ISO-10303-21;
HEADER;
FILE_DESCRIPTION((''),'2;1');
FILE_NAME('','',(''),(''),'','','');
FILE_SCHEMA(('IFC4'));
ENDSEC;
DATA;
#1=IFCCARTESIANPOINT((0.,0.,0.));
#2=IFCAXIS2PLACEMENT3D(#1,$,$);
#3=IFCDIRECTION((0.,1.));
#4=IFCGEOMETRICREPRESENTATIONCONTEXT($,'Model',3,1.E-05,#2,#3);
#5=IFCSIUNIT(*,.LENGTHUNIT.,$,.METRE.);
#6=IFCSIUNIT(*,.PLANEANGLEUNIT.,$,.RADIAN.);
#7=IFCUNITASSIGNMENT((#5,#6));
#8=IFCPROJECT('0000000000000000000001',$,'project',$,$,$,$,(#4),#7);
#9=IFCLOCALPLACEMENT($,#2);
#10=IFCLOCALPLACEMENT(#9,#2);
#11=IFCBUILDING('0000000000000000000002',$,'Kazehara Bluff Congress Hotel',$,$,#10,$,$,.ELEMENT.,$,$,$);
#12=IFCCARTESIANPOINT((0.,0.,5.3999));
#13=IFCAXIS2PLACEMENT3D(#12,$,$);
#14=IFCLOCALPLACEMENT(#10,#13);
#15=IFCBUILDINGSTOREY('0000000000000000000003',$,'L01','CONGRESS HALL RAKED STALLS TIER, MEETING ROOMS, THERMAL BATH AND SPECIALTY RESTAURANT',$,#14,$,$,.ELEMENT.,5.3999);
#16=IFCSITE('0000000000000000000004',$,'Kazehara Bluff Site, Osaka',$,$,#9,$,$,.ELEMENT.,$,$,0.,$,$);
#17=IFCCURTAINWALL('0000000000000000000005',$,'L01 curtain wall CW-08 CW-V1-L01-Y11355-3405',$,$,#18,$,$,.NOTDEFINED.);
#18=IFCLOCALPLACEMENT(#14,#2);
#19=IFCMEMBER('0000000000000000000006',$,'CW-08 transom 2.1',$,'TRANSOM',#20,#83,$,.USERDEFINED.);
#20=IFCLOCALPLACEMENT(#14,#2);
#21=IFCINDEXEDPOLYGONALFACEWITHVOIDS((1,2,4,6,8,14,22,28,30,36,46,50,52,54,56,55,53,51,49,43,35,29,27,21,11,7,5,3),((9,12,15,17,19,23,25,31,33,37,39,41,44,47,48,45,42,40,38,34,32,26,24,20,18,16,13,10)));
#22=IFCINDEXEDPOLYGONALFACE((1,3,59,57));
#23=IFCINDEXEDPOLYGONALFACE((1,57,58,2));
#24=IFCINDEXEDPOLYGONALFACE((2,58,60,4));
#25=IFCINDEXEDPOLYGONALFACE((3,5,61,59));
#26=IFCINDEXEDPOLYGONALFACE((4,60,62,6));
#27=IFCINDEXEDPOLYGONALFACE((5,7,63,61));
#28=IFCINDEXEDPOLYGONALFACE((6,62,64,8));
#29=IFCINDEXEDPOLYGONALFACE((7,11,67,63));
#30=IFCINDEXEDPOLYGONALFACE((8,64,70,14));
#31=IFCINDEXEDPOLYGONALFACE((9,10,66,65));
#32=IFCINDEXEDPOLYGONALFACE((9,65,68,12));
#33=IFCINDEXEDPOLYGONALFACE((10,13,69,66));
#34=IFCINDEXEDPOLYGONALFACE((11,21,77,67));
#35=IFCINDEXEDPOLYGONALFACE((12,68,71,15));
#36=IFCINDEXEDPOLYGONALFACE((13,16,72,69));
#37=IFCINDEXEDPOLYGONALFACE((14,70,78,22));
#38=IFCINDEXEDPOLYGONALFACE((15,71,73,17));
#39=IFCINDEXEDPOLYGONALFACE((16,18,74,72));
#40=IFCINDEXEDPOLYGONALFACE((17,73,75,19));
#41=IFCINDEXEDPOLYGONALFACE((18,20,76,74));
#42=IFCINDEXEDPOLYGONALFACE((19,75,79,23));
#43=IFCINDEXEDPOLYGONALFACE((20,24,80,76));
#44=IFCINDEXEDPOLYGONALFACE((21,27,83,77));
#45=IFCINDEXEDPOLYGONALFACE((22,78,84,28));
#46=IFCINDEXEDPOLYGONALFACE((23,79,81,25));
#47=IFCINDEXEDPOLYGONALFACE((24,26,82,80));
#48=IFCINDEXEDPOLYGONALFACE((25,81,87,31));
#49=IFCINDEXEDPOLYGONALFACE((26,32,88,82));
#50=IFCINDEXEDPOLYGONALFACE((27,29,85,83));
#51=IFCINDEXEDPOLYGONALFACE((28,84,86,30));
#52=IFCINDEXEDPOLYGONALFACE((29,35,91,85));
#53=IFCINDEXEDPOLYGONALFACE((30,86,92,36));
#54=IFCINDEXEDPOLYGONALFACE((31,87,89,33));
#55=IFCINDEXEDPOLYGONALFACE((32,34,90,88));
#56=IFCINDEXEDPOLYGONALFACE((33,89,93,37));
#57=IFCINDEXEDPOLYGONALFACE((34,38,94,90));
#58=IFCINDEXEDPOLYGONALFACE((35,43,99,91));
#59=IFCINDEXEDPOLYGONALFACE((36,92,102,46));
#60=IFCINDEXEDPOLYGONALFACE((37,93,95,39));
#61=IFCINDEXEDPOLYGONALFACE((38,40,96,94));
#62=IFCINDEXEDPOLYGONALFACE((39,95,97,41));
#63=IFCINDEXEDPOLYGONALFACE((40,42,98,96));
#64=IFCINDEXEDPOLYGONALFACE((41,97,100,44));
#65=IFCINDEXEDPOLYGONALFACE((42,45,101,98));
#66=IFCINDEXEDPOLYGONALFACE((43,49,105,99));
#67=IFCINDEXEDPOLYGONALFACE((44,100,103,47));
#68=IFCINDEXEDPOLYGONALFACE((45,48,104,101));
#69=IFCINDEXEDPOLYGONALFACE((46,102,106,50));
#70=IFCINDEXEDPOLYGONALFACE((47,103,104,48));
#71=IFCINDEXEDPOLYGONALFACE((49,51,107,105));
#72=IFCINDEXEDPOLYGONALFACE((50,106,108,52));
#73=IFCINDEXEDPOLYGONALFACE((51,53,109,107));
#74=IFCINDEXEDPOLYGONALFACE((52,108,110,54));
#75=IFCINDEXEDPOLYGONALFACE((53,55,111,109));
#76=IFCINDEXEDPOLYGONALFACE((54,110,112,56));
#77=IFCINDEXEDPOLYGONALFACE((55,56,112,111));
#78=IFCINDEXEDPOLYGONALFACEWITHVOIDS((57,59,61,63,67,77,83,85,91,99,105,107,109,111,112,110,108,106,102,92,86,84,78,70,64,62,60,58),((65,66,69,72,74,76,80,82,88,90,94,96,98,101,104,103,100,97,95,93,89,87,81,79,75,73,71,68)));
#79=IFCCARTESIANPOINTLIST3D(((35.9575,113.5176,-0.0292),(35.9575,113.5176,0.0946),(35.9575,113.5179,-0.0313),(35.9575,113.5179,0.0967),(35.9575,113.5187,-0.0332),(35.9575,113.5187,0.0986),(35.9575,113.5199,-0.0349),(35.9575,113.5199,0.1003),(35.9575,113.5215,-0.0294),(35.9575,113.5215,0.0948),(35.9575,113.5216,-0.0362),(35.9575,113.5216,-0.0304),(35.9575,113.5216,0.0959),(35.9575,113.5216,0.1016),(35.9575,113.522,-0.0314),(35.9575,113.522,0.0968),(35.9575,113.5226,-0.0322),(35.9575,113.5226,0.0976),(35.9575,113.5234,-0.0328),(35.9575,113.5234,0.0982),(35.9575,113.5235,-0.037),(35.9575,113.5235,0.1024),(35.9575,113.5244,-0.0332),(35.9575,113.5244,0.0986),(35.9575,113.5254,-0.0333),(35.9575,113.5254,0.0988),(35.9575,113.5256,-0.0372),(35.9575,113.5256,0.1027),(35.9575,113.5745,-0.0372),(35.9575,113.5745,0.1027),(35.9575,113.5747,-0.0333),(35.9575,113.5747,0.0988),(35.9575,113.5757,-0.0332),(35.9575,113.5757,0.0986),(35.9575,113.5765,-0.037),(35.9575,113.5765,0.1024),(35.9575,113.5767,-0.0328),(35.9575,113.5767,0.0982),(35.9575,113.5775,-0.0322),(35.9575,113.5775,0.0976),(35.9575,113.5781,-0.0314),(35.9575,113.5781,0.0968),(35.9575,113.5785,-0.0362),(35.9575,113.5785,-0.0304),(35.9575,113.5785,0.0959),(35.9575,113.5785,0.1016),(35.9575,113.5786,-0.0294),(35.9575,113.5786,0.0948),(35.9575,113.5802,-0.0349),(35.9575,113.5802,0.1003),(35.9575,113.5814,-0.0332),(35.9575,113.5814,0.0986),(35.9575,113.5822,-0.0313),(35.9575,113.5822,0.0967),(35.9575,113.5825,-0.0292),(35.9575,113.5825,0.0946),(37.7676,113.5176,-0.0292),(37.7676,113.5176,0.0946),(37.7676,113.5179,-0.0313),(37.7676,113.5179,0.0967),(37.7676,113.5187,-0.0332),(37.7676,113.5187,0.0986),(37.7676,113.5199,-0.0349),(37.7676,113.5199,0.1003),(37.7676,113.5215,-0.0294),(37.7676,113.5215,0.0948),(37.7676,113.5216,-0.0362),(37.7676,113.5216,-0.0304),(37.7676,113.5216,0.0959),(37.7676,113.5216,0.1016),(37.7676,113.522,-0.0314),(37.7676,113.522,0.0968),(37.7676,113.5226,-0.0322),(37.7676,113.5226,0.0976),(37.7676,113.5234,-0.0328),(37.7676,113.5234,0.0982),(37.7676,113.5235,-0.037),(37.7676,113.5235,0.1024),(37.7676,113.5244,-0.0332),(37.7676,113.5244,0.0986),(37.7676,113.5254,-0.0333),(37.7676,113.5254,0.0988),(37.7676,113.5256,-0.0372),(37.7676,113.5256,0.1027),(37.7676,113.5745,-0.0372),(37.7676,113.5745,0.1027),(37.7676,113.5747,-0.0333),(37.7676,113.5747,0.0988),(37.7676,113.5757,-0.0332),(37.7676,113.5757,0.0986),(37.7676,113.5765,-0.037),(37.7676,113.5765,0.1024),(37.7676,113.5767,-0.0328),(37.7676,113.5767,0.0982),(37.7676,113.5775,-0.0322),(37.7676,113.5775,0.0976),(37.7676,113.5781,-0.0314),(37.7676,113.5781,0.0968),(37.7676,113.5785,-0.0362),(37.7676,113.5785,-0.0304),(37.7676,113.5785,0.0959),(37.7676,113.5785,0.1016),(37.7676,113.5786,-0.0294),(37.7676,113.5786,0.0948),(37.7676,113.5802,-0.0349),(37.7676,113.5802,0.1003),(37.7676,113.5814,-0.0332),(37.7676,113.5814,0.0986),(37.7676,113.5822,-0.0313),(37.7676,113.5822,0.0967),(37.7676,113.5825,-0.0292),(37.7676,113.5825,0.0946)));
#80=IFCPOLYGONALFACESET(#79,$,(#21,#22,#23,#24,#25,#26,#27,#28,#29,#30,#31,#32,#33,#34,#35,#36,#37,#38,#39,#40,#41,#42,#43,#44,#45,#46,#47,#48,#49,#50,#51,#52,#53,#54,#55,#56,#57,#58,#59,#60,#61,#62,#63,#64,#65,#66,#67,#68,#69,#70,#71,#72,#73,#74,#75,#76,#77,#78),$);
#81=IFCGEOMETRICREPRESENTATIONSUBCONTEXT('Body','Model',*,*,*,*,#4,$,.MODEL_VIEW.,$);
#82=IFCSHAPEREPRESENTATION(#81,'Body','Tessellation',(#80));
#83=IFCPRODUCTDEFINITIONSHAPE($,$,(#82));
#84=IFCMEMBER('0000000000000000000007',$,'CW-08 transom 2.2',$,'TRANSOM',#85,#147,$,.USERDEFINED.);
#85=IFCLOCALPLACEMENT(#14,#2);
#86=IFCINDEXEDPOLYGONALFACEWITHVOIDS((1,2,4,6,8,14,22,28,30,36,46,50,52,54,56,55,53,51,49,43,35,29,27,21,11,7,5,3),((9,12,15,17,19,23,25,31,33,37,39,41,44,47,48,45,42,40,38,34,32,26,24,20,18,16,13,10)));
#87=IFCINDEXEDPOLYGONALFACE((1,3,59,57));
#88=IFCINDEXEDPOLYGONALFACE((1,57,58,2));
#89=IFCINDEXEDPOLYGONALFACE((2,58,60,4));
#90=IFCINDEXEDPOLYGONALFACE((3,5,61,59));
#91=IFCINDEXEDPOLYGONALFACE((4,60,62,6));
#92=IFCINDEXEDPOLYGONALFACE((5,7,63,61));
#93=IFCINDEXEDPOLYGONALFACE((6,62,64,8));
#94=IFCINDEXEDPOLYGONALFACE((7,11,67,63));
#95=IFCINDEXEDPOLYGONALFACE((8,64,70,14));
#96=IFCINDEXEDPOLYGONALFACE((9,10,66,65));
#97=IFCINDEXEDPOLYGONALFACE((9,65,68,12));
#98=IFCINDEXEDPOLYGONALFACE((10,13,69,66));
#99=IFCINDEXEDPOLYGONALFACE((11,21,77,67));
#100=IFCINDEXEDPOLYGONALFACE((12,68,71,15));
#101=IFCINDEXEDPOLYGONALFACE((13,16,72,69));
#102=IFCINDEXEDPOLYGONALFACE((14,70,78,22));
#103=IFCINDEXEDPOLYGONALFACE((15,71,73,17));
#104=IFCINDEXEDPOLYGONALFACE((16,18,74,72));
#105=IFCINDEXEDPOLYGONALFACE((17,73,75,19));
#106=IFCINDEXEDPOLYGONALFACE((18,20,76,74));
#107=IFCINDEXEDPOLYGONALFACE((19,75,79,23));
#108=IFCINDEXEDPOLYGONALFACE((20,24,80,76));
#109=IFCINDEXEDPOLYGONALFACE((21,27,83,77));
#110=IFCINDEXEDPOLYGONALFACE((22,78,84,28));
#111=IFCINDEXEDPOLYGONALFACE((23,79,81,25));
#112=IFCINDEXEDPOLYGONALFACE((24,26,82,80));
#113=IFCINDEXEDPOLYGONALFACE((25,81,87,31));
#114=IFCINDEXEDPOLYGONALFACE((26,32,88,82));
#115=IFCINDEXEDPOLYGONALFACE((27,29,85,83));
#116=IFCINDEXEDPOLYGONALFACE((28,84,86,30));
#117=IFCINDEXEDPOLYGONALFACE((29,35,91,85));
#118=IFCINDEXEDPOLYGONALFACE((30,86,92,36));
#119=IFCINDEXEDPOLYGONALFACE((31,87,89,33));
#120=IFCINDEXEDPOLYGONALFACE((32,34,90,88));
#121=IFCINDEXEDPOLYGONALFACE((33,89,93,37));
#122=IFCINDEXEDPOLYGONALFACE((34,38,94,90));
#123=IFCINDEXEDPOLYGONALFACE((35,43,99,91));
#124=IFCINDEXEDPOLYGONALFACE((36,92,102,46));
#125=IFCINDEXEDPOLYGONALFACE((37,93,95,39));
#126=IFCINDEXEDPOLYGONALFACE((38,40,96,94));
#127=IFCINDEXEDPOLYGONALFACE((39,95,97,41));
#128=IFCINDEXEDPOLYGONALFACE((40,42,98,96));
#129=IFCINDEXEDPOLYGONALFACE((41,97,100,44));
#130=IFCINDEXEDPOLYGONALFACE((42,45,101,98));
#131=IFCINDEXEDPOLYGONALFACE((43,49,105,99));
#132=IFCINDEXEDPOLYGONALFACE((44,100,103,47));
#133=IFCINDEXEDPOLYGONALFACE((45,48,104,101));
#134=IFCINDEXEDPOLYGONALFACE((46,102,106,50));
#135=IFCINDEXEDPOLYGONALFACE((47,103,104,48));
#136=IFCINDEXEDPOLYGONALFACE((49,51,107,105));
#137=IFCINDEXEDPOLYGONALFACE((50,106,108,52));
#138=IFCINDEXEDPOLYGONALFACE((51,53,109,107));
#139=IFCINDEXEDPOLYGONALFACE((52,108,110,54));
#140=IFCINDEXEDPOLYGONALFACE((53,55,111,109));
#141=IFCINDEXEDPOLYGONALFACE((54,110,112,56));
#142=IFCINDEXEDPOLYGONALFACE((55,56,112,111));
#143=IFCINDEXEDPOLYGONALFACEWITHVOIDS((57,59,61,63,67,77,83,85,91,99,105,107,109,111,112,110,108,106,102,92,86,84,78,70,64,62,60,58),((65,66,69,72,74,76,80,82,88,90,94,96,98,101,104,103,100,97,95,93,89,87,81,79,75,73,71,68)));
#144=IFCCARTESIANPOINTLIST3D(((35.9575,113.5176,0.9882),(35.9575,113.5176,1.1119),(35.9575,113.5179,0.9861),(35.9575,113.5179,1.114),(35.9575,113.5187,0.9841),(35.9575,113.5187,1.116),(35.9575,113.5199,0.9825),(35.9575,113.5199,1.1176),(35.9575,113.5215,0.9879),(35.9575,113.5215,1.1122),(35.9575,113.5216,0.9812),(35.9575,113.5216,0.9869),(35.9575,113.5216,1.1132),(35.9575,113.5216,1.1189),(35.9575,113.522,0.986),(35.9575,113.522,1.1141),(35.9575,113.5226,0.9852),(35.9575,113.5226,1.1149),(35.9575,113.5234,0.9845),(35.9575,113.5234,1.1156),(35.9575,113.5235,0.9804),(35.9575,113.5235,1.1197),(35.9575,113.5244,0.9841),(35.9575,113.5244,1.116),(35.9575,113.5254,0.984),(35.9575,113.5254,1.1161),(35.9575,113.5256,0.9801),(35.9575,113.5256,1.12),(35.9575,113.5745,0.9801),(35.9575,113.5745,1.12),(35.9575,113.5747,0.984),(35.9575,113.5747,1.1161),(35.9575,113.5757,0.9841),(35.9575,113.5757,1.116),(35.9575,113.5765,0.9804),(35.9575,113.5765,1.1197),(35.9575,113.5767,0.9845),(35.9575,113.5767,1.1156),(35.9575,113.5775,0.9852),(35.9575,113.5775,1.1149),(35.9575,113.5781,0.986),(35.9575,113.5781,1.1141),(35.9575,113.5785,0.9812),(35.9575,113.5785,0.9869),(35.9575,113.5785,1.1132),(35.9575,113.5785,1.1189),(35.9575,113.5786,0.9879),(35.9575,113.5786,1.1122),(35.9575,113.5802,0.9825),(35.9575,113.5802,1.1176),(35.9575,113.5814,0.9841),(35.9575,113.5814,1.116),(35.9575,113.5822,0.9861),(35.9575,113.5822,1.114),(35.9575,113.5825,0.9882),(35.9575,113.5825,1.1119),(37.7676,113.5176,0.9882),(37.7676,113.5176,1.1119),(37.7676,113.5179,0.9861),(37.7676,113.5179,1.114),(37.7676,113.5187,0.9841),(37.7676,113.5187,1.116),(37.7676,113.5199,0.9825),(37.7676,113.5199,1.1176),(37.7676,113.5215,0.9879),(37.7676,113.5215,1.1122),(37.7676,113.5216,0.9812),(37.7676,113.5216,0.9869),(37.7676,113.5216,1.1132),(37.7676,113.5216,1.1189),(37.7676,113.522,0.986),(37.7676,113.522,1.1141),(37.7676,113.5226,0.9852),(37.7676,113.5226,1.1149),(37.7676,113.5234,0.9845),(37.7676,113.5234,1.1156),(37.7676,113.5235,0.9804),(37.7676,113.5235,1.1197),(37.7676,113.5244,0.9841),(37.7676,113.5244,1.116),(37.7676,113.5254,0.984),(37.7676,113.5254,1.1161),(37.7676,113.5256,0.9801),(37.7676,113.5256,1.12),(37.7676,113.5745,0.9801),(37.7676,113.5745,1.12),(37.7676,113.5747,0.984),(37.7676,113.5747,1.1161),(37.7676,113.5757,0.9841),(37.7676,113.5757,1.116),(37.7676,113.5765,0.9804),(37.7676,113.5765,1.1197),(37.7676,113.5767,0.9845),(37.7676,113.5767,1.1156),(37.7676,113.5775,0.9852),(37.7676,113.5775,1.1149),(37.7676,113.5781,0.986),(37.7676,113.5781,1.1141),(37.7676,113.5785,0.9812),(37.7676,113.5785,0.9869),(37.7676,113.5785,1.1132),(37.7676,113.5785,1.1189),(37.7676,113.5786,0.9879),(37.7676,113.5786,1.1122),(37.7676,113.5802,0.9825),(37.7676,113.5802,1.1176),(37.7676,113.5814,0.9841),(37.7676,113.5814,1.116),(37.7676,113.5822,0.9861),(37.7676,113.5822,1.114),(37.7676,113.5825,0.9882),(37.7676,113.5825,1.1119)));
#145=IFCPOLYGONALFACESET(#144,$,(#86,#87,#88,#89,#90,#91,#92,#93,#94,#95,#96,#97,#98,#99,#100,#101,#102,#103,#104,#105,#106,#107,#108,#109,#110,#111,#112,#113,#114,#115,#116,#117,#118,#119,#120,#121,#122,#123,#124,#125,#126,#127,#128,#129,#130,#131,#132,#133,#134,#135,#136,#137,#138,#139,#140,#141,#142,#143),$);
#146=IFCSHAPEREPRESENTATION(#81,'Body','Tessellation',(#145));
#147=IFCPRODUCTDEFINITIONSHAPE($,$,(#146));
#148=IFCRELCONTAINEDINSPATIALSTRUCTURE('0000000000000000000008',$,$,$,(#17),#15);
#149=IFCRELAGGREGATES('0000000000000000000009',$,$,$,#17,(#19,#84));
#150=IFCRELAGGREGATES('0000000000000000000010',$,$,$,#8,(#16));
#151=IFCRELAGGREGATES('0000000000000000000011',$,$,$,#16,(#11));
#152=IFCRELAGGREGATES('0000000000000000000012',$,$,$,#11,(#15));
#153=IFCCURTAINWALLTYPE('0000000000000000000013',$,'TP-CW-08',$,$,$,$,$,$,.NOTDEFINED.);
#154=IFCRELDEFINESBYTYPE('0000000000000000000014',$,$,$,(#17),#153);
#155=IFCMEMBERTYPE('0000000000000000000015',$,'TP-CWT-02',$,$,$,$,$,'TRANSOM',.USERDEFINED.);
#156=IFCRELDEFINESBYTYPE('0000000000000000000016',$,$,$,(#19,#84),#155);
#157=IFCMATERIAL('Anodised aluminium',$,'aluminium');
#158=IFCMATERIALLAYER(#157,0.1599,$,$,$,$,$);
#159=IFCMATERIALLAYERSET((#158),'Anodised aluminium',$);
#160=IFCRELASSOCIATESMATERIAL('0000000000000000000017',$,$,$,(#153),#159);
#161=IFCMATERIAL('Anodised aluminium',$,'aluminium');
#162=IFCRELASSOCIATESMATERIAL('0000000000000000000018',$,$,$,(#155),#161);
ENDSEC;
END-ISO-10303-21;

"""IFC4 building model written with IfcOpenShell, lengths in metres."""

from ifc_helpers import new_model, si_unit, direction, frame, origin, origin_2d, place, context, subcontext, project, spatial, hollow_rectangle, extrude, material, layer, layer_set, material_profile, profile_set, type_object, element, aggregate, save


model = new_model("IFC4")

# Units and contexts
model_context = context("Model", 3, precision=1e-05, world=origin(), true_north=direction((0.0, 1.0)))
body_context = subcontext(model_context, "Body", "Model", "MODEL_VIEW")
ifc_project = project(units=[si_unit("LENGTHUNIT", "METRE"), si_unit("PLANEANGLEUNIT", "RADIAN")], contexts=[model_context])

# Site, building, storey
site_placement = place(None, origin())
site = spatial("IfcSite", under=ifc_project, at=site_placement, Name="Kazehara Bluff Site, Osaka", CompositionType="ELEMENT", RefElevation=0.0)
building_placement = place(site_placement, origin())
building = spatial("IfcBuilding", under=site, at=building_placement, Name="Kazehara Bluff Congress Hotel", CompositionType="ELEMENT")
storey_placement = place(building_placement, frame((0.0, 0.0, 5.3999)))
storey = spatial("IfcBuildingStorey", under=building, at=storey_placement, Name="L01", Description="CONGRESS HALL RAKED STALLS TIER, MEETING ROOMS, THERMAL BATH AND SPECIALTY RESTAURANT", CompositionType="ELEMENT", Elevation=5.3999)

# Curtain wall
ifc_material_1 = material(Name="Anodised aluminium", Category="aluminium")
ifc_layer_1 = layer(ifc_material_1, 0.1599)
ifc_layer_set_1 = layer_set([ifc_layer_1], Name="Anodised aluminium")
curtain_wall_type_1 = type_object("IfcCurtainWallType", Name="TP-CW-08", PredefinedType="NOTDEFINED", material=ifc_layer_set_1)
curtain_wall_1_placement = place(storey_placement, origin())
curtain_wall_1 = element("IfcCurtainWall", 1, at=curtain_wall_1_placement, inside=storey, type_object=curtain_wall_type_1, Name="L01 curtain wall CW-08 CW-V1-L01-Y11355-3405", PredefinedType="NOTDEFINED")

# Members
ifc_material_2 = material(Name="Anodised aluminium", Category="aluminium")
ifc_material_profile_1 = material_profile(ifc_material_2, hollow_rectangle(XDim=0.0649, YDim=0.1399, WallThickness=0.0039, InnerFilletRadius=0.0039, OuterFilletRadius=0.0081, at=origin_2d()))
ifc_profile_set_1 = profile_set([ifc_material_profile_1], Name="Anodised aluminium")
member_type_1 = type_object("IfcMemberType", Name="TP-CWT-02", ElementType="TRANSOM", PredefinedType="USERDEFINED", material=ifc_profile_set_1)
member_1_placement = place(storey_placement, frame((35.9575, 113.55, 0.0327), z_axis=(1.0, 0.0, 0.0), x_axis=(0.0, 1.0, 0.0)))
member_1 = element("IfcMember", 2, at=member_1_placement, type_object=member_type_1, Name="CW-08 transom 2.1", ObjectType="TRANSOM", PredefinedType="USERDEFINED", context=body_context, shape_type="SweptSolid", body=[
    extrude(hollow_rectangle(XDim=0.0649, YDim=0.1399, WallThickness=0.0039, InnerFilletRadius=0.0039, OuterFilletRadius=0.0081, at=origin_2d()), origin(), (0.0, 0.0, 1.0), 1.8101),
])
member_2_placement = place(storey_placement, frame((35.9575, 113.55, 1.05), z_axis=(1.0, 0.0, 0.0), x_axis=(0.0, 1.0, 0.0)))
member_2 = element("IfcMember", 3, at=member_2_placement, type_object=member_type_1, Name="CW-08 transom 2.2", ObjectType="TRANSOM", PredefinedType="USERDEFINED", context=body_context, shape_type="SweptSolid", body=[
    extrude(hollow_rectangle(XDim=0.0649, YDim=0.1399, WallThickness=0.0039, InnerFilletRadius=0.0039, OuterFilletRadius=0.0081, at=origin_2d()), origin(), (0.0, 0.0, 1.0), 1.8101),
])

aggregate(curtain_wall_1, [member_1, member_2])

save(model, "model.ifc")
